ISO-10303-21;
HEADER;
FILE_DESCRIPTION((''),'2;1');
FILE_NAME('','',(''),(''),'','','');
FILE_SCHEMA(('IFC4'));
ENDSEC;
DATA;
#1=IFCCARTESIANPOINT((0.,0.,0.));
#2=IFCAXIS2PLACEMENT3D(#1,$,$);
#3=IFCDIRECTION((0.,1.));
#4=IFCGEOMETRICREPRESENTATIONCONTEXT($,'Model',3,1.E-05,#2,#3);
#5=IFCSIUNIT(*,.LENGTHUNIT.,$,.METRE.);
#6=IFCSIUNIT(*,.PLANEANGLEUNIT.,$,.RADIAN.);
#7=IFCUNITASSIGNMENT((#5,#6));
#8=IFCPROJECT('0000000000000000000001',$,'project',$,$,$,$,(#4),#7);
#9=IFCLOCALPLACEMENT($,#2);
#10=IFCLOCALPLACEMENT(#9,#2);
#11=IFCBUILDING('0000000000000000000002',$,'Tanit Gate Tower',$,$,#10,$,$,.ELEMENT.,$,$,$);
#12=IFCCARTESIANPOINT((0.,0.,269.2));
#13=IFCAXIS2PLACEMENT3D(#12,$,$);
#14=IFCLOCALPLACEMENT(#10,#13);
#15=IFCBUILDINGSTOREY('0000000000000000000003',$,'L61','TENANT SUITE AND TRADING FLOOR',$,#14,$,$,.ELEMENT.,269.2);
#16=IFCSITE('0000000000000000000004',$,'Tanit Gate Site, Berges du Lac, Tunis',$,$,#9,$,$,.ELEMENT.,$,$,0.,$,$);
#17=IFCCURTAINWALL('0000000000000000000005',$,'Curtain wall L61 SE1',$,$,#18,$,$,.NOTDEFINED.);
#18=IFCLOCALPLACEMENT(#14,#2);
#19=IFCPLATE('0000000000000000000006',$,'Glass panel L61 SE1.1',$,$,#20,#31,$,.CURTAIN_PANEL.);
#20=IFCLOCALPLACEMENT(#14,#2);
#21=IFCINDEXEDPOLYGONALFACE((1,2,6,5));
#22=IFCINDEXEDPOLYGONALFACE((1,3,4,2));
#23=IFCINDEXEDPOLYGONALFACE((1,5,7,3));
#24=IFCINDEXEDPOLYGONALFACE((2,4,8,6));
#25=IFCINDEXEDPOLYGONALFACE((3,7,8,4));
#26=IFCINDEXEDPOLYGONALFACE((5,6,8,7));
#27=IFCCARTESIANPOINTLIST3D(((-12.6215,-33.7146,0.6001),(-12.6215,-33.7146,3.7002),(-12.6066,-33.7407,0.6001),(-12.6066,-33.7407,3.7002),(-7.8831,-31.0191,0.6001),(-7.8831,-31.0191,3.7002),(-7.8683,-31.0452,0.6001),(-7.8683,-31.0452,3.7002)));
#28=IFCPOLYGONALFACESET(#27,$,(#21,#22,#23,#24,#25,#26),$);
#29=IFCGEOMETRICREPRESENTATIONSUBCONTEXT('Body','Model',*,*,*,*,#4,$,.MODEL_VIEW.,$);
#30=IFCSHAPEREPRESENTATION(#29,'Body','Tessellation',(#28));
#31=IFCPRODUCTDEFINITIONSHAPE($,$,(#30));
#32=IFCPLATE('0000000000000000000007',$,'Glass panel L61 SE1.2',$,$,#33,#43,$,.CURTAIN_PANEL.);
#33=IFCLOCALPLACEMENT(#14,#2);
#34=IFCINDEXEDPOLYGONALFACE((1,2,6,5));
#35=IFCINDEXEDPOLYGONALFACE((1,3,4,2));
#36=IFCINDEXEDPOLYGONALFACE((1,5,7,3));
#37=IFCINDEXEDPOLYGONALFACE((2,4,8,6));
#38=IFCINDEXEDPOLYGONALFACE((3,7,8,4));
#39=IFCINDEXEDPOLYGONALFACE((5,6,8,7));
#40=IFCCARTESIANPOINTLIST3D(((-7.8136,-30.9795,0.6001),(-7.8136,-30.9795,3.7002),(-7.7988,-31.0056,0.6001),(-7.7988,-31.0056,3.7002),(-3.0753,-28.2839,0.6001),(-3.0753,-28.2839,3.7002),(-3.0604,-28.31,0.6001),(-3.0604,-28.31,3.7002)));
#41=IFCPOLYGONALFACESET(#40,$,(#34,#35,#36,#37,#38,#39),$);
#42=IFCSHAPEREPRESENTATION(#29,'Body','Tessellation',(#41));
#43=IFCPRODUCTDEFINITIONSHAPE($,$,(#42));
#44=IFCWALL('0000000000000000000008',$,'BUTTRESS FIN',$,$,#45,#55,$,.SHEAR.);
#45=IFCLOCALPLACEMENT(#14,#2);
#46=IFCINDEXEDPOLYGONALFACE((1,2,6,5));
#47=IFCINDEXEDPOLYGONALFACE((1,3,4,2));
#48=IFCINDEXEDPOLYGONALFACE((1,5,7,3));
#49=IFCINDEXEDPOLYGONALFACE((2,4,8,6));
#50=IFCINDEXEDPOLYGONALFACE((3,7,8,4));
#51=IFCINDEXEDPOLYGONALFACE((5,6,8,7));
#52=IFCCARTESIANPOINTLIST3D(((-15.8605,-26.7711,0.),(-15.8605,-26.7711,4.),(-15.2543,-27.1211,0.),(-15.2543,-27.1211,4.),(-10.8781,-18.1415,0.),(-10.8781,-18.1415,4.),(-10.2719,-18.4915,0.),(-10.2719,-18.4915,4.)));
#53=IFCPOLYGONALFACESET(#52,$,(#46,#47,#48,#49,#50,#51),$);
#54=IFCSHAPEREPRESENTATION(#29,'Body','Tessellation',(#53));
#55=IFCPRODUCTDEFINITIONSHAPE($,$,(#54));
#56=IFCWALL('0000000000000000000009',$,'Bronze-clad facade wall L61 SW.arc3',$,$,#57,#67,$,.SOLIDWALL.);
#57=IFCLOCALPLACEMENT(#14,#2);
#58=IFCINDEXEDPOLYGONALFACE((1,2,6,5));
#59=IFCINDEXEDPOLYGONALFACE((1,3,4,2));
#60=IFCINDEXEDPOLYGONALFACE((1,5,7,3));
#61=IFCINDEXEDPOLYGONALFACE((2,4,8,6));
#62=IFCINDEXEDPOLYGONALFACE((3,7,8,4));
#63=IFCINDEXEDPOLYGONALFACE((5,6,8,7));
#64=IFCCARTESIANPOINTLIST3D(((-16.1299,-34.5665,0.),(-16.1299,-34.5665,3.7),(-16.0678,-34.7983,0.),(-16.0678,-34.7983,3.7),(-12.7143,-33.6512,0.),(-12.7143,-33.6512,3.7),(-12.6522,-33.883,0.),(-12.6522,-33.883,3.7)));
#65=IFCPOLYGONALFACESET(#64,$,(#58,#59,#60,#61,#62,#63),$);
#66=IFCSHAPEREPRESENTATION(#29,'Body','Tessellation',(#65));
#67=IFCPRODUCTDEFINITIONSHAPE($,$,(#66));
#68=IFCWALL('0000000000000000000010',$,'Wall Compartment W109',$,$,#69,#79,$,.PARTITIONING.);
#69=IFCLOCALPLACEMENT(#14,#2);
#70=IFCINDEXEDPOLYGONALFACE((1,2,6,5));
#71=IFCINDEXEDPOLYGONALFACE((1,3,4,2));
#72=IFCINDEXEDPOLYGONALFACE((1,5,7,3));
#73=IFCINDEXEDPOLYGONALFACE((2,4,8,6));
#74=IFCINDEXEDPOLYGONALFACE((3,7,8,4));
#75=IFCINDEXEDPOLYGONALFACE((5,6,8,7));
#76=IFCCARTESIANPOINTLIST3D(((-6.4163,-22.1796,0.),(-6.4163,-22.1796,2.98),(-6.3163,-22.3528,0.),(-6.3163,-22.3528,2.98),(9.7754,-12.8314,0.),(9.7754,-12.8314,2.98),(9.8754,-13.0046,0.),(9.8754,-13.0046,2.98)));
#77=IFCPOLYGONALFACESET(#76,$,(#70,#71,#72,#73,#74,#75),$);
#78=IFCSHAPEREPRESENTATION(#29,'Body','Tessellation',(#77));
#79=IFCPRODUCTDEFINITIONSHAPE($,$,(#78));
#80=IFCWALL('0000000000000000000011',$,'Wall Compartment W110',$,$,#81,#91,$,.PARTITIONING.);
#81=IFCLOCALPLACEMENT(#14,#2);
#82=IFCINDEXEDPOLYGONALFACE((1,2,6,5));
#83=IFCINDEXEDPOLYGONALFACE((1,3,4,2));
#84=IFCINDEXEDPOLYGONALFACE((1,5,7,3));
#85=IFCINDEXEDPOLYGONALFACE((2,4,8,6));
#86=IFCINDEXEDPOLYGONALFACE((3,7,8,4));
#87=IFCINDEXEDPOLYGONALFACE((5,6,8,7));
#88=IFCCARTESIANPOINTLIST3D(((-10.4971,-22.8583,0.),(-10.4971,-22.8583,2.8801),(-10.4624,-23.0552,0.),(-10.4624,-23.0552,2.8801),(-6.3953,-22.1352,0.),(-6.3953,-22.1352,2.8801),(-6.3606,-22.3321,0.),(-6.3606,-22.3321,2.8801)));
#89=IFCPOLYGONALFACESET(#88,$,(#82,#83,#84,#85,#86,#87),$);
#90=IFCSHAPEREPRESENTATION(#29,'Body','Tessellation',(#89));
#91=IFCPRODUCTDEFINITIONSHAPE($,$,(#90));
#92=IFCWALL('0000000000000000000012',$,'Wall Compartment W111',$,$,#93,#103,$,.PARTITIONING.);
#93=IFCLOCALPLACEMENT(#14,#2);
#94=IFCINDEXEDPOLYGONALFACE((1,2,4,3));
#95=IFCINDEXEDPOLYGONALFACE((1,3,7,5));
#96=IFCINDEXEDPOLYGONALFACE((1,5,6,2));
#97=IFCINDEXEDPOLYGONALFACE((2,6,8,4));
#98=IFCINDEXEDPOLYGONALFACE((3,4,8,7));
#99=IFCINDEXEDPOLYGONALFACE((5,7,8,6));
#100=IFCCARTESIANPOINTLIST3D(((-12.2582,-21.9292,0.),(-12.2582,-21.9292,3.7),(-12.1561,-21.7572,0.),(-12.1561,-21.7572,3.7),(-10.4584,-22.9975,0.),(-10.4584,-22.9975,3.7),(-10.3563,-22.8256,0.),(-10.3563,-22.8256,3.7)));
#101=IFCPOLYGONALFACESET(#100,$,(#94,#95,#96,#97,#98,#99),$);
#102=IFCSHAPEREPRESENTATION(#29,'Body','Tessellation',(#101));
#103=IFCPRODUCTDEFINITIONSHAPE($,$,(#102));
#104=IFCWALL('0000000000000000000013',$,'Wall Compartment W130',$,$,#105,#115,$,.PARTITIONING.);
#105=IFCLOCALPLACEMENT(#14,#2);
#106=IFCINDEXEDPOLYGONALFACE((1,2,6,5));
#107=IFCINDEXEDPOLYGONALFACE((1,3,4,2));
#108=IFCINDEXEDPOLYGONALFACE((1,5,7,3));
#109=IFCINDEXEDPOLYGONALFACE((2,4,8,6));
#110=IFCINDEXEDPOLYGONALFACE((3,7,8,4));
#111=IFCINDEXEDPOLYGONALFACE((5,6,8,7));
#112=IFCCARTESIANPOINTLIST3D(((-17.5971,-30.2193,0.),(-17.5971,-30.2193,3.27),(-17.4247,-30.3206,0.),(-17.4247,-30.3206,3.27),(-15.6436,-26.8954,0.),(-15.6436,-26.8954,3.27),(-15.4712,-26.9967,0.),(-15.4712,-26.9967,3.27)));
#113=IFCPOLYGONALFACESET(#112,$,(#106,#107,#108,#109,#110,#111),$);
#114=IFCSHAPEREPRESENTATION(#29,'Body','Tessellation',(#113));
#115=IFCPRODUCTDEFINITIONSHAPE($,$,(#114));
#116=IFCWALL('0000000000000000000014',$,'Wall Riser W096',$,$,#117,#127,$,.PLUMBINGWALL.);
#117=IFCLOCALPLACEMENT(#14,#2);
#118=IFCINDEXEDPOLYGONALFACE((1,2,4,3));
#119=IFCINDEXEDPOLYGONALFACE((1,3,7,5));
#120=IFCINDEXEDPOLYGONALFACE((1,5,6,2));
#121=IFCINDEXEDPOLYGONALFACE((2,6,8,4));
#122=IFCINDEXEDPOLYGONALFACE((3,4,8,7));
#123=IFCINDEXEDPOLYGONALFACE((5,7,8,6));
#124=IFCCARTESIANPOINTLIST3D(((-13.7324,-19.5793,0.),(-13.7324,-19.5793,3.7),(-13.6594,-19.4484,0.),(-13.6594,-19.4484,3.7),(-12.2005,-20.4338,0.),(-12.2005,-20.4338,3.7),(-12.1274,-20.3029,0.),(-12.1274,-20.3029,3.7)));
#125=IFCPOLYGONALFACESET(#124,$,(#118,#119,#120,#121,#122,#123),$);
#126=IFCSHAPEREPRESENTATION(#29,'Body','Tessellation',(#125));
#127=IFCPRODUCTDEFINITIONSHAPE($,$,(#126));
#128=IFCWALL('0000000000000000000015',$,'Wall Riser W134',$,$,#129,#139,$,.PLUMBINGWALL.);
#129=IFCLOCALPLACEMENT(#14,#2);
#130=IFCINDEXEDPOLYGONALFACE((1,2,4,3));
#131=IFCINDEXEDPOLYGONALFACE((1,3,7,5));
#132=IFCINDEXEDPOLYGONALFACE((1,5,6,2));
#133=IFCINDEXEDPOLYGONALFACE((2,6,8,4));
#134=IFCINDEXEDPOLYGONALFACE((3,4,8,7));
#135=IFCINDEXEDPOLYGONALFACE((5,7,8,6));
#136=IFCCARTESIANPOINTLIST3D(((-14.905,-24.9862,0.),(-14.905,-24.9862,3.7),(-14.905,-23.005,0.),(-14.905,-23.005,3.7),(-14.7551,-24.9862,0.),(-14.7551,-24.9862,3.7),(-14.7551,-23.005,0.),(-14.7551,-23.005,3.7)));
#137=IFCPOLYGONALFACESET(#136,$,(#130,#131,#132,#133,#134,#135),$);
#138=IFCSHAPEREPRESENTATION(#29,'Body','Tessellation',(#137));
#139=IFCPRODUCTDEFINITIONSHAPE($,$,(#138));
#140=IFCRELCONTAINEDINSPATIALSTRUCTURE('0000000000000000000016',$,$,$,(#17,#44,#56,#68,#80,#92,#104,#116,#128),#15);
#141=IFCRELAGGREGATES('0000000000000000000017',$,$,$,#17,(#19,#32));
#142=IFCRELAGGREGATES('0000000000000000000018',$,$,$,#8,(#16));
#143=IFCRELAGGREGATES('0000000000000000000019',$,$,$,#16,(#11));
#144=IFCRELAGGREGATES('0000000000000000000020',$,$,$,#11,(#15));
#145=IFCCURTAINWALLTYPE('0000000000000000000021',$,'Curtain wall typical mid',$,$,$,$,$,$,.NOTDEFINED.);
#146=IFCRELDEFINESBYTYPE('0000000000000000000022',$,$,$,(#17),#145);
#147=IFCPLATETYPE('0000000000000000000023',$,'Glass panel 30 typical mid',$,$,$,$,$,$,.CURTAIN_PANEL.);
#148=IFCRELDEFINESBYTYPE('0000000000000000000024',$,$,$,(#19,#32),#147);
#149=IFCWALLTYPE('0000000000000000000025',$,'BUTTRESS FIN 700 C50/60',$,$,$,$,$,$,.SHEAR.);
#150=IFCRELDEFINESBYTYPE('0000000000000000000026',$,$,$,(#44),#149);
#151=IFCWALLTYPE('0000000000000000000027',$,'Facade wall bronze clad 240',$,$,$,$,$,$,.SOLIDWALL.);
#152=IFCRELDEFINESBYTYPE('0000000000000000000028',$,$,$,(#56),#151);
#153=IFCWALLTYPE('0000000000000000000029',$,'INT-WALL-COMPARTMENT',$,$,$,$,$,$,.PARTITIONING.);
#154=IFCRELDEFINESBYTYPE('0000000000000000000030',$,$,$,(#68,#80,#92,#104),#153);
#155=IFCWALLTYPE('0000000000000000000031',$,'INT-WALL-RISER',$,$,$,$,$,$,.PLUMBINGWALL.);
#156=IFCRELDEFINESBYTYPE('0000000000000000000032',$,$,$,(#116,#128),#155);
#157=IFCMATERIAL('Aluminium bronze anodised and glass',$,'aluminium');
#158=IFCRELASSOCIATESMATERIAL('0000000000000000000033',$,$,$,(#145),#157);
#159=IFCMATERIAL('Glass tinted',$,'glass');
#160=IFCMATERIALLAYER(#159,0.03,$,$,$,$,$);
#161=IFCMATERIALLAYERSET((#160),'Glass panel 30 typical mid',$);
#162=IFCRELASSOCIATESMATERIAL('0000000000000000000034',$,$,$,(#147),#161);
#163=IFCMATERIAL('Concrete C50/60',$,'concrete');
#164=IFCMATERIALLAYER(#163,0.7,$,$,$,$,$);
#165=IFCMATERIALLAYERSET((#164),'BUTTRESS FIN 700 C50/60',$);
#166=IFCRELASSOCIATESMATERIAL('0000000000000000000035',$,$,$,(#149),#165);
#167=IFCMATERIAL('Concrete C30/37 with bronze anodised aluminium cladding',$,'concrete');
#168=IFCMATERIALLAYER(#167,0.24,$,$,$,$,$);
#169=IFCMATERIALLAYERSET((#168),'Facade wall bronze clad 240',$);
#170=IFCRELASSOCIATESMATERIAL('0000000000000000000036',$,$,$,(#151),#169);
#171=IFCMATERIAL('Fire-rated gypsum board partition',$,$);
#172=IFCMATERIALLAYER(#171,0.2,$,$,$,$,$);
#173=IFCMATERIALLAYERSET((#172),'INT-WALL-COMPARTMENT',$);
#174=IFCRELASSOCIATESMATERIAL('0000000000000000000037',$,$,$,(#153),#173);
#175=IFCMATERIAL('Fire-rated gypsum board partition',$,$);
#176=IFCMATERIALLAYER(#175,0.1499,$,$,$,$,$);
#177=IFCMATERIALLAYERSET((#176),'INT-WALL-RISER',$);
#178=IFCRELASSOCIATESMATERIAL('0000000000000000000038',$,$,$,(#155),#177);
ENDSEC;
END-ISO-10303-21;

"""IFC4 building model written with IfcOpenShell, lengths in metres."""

from ifc_helpers import new_model, si_unit, direction, frame, frame_2d, origin, origin_2d, place, context, subcontext, project, spatial, rectangle, extrude, material, layer, layer_set, type_object, element, aggregate, save


model = new_model("IFC4")

# Units and contexts
model_context = context("Model", 3, precision=1e-05, world=origin(), true_north=direction((0.0, 1.0)))
body_context = subcontext(model_context, "Body", "Model", "MODEL_VIEW")
ifc_project = project(units=[si_unit("LENGTHUNIT", "METRE"), si_unit("PLANEANGLEUNIT", "RADIAN")], contexts=[model_context])

# Site, building, storey
site_placement = place(None, origin())
site = spatial("IfcSite", under=ifc_project, at=site_placement, Name="Tanit Gate Site, Berges du Lac, Tunis", CompositionType="ELEMENT", RefElevation=0.0)
building_placement = place(site_placement, origin())
building = spatial("IfcBuilding", under=site, at=building_placement, Name="Tanit Gate Tower", CompositionType="ELEMENT")
storey_placement = place(building_placement, frame((0.0, 0.0, 269.2)))
storey = spatial("IfcBuildingStorey", under=building, at=storey_placement, Name="L61", Description="TENANT SUITE AND TRADING FLOOR", CompositionType="ELEMENT", Elevation=269.2)

# Curtain wall
ifc_material_1 = material(Name="Aluminium bronze anodised and glass", Category="aluminium")
curtain_wall_type = type_object("IfcCurtainWallType", Name="Curtain wall typical mid", PredefinedType="NOTDEFINED", material=ifc_material_1)
curtain_wall_placement = place(storey_placement, origin())
curtain_wall = element("IfcCurtainWall", 1, at=curtain_wall_placement, inside=storey, type_object=curtain_wall_type, Name="Curtain wall L61 SE1", PredefinedType="NOTDEFINED")

# Plates
ifc_material_2 = material(Name="Glass tinted", Category="glass")
ifc_layer_1 = layer(ifc_material_2, 0.03)
ifc_layer_set_1 = layer_set([ifc_layer_1], Name="Glass panel 30 typical mid")
plate_type = type_object("IfcPlateType", Name="Glass panel 30 typical mid", PredefinedType="CURTAIN_PANEL", material=ifc_layer_set_1)
plate_1_placement = place(storey_placement, frame((-10.2449, -32.3799, 0.6001), z_axis=(0.0, 0.0, 1.0), x_axis=(0.869195, 0.49447, 0.0)))
plate_1 = element("IfcPlate", 2, at=plate_1_placement, type_object=plate_type, Name="Glass panel L61 SE1.1", PredefinedType="CURTAIN_PANEL", context=body_context, shape_type="SweptSolid", body=[
    extrude(rectangle(XDim=5.4514, YDim=0.03, at=origin_2d()), origin(), (0.0, 0.0, 1.0), 3.1001),
])
plate_2_placement = place(storey_placement, frame((-5.437, -29.6448, 0.6001), z_axis=(0.0, 0.0, 1.0), x_axis=(0.869195, 0.49447, 0.0)))
plate_2 = element("IfcPlate", 3, at=plate_2_placement, type_object=plate_type, Name="Glass panel L61 SE1.2", PredefinedType="CURTAIN_PANEL", context=body_context, shape_type="SweptSolid", body=[
    extrude(rectangle(XDim=5.4514, YDim=0.03, at=origin_2d()), origin(), (0.0, 0.0, 1.0), 3.1001),
])
aggregate(curtain_wall, [plate_1, plate_2])

# Wall
ifc_material_3 = material(Name="Concrete C50/60", Category="concrete")
ifc_layer_2 = layer(ifc_material_3, 0.7)
ifc_layer_set_2 = layer_set([ifc_layer_2], Name="BUTTRESS FIN 700 C50/60")
wall_type_1 = type_object("IfcWallType", Name="BUTTRESS FIN 700 C50/60", PredefinedType="SHEAR", material=ifc_layer_set_2)
wall_1_placement = place(storey_placement, frame((-10.575, -18.3164, 0.0), z_axis=(0.0, 0.0, 1.0), x_axis=(-0.500007, -0.866021, 0.0)))
element("IfcWall", 4, at=wall_1_placement, inside=storey, type_object=wall_type_1, Name="BUTTRESS FIN", PredefinedType="SHEAR", context=body_context, shape_type="SweptSolid", body=[
    extrude(rectangle(XDim=9.9646, YDim=0.7, at=frame_2d((4.9824, 0.0))), origin(), (0.0, 0.0, 1.0), 4.0),
])

# Walls
ifc_material_4 = material(Name="Concrete C30/37 with bronze anodised aluminium cladding", Category="concrete")
ifc_layer_3 = layer(ifc_material_4, 0.24)
ifc_layer_set_3 = layer_set([ifc_layer_3], Name="Facade wall bronze clad 240")
wall_type_2 = type_object("IfcWallType", Name="Facade wall bronze clad 240", PredefinedType="SOLIDWALL", material=ifc_layer_set_3)
wall_2_placement = place(storey_placement, frame((-16.0989, -34.6824, 0.0), z_axis=(0.0, 0.0, 1.0), x_axis=(0.965919, 0.258844, 0.0)))
element("IfcWall", 5, at=wall_2_placement, inside=storey, type_object=wall_type_2, Name="Bronze-clad facade wall L61 SW.arc3", PredefinedType="SOLIDWALL", context=body_context, shape_type="SweptSolid", body=[
    extrude(rectangle(XDim=3.5361, YDim=0.24, at=frame_2d((1.7681, 0.0))), origin(), (0.0, 0.0, 1.0), 3.7),
])
ifc_material_5 = material(Name="Fire-rated gypsum board partition")
ifc_layer_4 = layer(ifc_material_5, 0.2)
ifc_layer_set_4 = layer_set([ifc_layer_4], Name="INT-WALL-COMPARTMENT")
wall_type_3 = type_object("IfcWallType", Name="INT-WALL-COMPARTMENT", PredefinedType="PARTITIONING", material=ifc_layer_set_4)
wall_3_placement = place(storey_placement, frame((-6.3662, -22.2661, 0.0), z_axis=(0.0, 0.0, 1.0), x_axis=(0.866028, 0.499996, 0.0)))
element("IfcWall", 6, at=wall_3_placement, inside=storey, type_object=wall_type_3, Name="Wall Compartment W109", PredefinedType="PARTITIONING", context=body_context, shape_type="SweptSolid", body=[
    extrude(rectangle(XDim=18.6965, YDim=0.2, at=frame_2d((9.3481, 0.0))), origin(), (0.0, 0.0, 1.0), 2.98),
])
wall_4_placement = place(storey_placement, frame((-10.4797, -22.9568, 0.0), z_axis=(0.0, 0.0, 1.0), x_axis=(0.984812, 0.173621, 0.0)))
element("IfcWall", 7, at=wall_4_placement, inside=storey, type_object=wall_type_3, Name="Wall Compartment W110", PredefinedType="PARTITIONING", context=body_context, shape_type="SweptSolid", body=[
    extrude(rectangle(XDim=4.165, YDim=0.2, at=frame_2d((2.0825, 0.0))), origin(), (0.0, 0.0, 1.0), 2.8801),
])
wall_5_placement = place(storey_placement, frame((-12.207, -21.8433, 0.0), z_axis=(0.0, 0.0, 1.0), x_axis=(0.859912, -0.510442, 0.0)))
element("IfcWall", 8, at=wall_5_placement, inside=storey, type_object=wall_type_3, Name="Wall Compartment W111", PredefinedType="PARTITIONING", context=body_context, shape_type="SweptSolid", body=[
    extrude(rectangle(XDim=2.093, YDim=0.2, at=frame_2d((1.0464, 0.0))), origin(), (0.0, 0.0, 1.0), 3.7),
])
wall_6_placement = place(storey_placement, frame((-15.5574, -26.946, 0.0), z_axis=(0.0, 0.0, 1.0), x_axis=(-0.506699, -0.862123, 0.0)))
element("IfcWall", 9, at=wall_6_placement, inside=storey, type_object=wall_type_3, Name="Wall Compartment W130", PredefinedType="PARTITIONING", context=body_context, shape_type="SweptSolid", body=[
    extrude(rectangle(XDim=3.8555, YDim=0.2, at=frame_2d((1.9277, 0.0))), origin(), (0.0, 0.0, 1.0), 3.27),
])
ifc_material_6 = material(Name="Fire-rated gypsum board partition")
ifc_layer_5 = layer(ifc_material_6, 0.1499)
ifc_layer_set_5 = layer_set([ifc_layer_5], Name="INT-WALL-RISER")
wall_type_4 = type_object("IfcWallType", Name="INT-WALL-RISER", PredefinedType="PLUMBINGWALL", material=ifc_layer_set_5)
wall_7_placement = place(storey_placement, frame((-13.6958, -19.5139, 0.0), z_axis=(0.0, 0.0, 1.0), x_axis=(0.873335, -0.487119, 0.0)))
element("IfcWall", 10, at=wall_7_placement, inside=storey, type_object=wall_type_4, Name="Wall Riser W096", PredefinedType="PLUMBINGWALL", context=body_context, shape_type="SweptSolid", body=[
    extrude(rectangle(XDim=1.7542, YDim=0.1499, at=frame_2d((0.877, 0.0))), origin(), (0.0, 0.0, 1.0), 3.7),
])
wall_8_placement = place(storey_placement, frame((-14.8301, -24.9863, 0.0), z_axis=(0.0, 0.0, 1.0), x_axis=(0.0, 1.0, 0.0)))
element("IfcWall", 11, at=wall_8_placement, inside=storey, type_object=wall_type_4, Name="Wall Riser W134", PredefinedType="PLUMBINGWALL", context=body_context, shape_type="SweptSolid", body=[
    extrude(rectangle(XDim=1.9812, YDim=0.1499, at=frame_2d((0.9907, 0.0))), origin(), (0.0, 0.0, 1.0), 3.7),
])

save(model, "model.ifc")
